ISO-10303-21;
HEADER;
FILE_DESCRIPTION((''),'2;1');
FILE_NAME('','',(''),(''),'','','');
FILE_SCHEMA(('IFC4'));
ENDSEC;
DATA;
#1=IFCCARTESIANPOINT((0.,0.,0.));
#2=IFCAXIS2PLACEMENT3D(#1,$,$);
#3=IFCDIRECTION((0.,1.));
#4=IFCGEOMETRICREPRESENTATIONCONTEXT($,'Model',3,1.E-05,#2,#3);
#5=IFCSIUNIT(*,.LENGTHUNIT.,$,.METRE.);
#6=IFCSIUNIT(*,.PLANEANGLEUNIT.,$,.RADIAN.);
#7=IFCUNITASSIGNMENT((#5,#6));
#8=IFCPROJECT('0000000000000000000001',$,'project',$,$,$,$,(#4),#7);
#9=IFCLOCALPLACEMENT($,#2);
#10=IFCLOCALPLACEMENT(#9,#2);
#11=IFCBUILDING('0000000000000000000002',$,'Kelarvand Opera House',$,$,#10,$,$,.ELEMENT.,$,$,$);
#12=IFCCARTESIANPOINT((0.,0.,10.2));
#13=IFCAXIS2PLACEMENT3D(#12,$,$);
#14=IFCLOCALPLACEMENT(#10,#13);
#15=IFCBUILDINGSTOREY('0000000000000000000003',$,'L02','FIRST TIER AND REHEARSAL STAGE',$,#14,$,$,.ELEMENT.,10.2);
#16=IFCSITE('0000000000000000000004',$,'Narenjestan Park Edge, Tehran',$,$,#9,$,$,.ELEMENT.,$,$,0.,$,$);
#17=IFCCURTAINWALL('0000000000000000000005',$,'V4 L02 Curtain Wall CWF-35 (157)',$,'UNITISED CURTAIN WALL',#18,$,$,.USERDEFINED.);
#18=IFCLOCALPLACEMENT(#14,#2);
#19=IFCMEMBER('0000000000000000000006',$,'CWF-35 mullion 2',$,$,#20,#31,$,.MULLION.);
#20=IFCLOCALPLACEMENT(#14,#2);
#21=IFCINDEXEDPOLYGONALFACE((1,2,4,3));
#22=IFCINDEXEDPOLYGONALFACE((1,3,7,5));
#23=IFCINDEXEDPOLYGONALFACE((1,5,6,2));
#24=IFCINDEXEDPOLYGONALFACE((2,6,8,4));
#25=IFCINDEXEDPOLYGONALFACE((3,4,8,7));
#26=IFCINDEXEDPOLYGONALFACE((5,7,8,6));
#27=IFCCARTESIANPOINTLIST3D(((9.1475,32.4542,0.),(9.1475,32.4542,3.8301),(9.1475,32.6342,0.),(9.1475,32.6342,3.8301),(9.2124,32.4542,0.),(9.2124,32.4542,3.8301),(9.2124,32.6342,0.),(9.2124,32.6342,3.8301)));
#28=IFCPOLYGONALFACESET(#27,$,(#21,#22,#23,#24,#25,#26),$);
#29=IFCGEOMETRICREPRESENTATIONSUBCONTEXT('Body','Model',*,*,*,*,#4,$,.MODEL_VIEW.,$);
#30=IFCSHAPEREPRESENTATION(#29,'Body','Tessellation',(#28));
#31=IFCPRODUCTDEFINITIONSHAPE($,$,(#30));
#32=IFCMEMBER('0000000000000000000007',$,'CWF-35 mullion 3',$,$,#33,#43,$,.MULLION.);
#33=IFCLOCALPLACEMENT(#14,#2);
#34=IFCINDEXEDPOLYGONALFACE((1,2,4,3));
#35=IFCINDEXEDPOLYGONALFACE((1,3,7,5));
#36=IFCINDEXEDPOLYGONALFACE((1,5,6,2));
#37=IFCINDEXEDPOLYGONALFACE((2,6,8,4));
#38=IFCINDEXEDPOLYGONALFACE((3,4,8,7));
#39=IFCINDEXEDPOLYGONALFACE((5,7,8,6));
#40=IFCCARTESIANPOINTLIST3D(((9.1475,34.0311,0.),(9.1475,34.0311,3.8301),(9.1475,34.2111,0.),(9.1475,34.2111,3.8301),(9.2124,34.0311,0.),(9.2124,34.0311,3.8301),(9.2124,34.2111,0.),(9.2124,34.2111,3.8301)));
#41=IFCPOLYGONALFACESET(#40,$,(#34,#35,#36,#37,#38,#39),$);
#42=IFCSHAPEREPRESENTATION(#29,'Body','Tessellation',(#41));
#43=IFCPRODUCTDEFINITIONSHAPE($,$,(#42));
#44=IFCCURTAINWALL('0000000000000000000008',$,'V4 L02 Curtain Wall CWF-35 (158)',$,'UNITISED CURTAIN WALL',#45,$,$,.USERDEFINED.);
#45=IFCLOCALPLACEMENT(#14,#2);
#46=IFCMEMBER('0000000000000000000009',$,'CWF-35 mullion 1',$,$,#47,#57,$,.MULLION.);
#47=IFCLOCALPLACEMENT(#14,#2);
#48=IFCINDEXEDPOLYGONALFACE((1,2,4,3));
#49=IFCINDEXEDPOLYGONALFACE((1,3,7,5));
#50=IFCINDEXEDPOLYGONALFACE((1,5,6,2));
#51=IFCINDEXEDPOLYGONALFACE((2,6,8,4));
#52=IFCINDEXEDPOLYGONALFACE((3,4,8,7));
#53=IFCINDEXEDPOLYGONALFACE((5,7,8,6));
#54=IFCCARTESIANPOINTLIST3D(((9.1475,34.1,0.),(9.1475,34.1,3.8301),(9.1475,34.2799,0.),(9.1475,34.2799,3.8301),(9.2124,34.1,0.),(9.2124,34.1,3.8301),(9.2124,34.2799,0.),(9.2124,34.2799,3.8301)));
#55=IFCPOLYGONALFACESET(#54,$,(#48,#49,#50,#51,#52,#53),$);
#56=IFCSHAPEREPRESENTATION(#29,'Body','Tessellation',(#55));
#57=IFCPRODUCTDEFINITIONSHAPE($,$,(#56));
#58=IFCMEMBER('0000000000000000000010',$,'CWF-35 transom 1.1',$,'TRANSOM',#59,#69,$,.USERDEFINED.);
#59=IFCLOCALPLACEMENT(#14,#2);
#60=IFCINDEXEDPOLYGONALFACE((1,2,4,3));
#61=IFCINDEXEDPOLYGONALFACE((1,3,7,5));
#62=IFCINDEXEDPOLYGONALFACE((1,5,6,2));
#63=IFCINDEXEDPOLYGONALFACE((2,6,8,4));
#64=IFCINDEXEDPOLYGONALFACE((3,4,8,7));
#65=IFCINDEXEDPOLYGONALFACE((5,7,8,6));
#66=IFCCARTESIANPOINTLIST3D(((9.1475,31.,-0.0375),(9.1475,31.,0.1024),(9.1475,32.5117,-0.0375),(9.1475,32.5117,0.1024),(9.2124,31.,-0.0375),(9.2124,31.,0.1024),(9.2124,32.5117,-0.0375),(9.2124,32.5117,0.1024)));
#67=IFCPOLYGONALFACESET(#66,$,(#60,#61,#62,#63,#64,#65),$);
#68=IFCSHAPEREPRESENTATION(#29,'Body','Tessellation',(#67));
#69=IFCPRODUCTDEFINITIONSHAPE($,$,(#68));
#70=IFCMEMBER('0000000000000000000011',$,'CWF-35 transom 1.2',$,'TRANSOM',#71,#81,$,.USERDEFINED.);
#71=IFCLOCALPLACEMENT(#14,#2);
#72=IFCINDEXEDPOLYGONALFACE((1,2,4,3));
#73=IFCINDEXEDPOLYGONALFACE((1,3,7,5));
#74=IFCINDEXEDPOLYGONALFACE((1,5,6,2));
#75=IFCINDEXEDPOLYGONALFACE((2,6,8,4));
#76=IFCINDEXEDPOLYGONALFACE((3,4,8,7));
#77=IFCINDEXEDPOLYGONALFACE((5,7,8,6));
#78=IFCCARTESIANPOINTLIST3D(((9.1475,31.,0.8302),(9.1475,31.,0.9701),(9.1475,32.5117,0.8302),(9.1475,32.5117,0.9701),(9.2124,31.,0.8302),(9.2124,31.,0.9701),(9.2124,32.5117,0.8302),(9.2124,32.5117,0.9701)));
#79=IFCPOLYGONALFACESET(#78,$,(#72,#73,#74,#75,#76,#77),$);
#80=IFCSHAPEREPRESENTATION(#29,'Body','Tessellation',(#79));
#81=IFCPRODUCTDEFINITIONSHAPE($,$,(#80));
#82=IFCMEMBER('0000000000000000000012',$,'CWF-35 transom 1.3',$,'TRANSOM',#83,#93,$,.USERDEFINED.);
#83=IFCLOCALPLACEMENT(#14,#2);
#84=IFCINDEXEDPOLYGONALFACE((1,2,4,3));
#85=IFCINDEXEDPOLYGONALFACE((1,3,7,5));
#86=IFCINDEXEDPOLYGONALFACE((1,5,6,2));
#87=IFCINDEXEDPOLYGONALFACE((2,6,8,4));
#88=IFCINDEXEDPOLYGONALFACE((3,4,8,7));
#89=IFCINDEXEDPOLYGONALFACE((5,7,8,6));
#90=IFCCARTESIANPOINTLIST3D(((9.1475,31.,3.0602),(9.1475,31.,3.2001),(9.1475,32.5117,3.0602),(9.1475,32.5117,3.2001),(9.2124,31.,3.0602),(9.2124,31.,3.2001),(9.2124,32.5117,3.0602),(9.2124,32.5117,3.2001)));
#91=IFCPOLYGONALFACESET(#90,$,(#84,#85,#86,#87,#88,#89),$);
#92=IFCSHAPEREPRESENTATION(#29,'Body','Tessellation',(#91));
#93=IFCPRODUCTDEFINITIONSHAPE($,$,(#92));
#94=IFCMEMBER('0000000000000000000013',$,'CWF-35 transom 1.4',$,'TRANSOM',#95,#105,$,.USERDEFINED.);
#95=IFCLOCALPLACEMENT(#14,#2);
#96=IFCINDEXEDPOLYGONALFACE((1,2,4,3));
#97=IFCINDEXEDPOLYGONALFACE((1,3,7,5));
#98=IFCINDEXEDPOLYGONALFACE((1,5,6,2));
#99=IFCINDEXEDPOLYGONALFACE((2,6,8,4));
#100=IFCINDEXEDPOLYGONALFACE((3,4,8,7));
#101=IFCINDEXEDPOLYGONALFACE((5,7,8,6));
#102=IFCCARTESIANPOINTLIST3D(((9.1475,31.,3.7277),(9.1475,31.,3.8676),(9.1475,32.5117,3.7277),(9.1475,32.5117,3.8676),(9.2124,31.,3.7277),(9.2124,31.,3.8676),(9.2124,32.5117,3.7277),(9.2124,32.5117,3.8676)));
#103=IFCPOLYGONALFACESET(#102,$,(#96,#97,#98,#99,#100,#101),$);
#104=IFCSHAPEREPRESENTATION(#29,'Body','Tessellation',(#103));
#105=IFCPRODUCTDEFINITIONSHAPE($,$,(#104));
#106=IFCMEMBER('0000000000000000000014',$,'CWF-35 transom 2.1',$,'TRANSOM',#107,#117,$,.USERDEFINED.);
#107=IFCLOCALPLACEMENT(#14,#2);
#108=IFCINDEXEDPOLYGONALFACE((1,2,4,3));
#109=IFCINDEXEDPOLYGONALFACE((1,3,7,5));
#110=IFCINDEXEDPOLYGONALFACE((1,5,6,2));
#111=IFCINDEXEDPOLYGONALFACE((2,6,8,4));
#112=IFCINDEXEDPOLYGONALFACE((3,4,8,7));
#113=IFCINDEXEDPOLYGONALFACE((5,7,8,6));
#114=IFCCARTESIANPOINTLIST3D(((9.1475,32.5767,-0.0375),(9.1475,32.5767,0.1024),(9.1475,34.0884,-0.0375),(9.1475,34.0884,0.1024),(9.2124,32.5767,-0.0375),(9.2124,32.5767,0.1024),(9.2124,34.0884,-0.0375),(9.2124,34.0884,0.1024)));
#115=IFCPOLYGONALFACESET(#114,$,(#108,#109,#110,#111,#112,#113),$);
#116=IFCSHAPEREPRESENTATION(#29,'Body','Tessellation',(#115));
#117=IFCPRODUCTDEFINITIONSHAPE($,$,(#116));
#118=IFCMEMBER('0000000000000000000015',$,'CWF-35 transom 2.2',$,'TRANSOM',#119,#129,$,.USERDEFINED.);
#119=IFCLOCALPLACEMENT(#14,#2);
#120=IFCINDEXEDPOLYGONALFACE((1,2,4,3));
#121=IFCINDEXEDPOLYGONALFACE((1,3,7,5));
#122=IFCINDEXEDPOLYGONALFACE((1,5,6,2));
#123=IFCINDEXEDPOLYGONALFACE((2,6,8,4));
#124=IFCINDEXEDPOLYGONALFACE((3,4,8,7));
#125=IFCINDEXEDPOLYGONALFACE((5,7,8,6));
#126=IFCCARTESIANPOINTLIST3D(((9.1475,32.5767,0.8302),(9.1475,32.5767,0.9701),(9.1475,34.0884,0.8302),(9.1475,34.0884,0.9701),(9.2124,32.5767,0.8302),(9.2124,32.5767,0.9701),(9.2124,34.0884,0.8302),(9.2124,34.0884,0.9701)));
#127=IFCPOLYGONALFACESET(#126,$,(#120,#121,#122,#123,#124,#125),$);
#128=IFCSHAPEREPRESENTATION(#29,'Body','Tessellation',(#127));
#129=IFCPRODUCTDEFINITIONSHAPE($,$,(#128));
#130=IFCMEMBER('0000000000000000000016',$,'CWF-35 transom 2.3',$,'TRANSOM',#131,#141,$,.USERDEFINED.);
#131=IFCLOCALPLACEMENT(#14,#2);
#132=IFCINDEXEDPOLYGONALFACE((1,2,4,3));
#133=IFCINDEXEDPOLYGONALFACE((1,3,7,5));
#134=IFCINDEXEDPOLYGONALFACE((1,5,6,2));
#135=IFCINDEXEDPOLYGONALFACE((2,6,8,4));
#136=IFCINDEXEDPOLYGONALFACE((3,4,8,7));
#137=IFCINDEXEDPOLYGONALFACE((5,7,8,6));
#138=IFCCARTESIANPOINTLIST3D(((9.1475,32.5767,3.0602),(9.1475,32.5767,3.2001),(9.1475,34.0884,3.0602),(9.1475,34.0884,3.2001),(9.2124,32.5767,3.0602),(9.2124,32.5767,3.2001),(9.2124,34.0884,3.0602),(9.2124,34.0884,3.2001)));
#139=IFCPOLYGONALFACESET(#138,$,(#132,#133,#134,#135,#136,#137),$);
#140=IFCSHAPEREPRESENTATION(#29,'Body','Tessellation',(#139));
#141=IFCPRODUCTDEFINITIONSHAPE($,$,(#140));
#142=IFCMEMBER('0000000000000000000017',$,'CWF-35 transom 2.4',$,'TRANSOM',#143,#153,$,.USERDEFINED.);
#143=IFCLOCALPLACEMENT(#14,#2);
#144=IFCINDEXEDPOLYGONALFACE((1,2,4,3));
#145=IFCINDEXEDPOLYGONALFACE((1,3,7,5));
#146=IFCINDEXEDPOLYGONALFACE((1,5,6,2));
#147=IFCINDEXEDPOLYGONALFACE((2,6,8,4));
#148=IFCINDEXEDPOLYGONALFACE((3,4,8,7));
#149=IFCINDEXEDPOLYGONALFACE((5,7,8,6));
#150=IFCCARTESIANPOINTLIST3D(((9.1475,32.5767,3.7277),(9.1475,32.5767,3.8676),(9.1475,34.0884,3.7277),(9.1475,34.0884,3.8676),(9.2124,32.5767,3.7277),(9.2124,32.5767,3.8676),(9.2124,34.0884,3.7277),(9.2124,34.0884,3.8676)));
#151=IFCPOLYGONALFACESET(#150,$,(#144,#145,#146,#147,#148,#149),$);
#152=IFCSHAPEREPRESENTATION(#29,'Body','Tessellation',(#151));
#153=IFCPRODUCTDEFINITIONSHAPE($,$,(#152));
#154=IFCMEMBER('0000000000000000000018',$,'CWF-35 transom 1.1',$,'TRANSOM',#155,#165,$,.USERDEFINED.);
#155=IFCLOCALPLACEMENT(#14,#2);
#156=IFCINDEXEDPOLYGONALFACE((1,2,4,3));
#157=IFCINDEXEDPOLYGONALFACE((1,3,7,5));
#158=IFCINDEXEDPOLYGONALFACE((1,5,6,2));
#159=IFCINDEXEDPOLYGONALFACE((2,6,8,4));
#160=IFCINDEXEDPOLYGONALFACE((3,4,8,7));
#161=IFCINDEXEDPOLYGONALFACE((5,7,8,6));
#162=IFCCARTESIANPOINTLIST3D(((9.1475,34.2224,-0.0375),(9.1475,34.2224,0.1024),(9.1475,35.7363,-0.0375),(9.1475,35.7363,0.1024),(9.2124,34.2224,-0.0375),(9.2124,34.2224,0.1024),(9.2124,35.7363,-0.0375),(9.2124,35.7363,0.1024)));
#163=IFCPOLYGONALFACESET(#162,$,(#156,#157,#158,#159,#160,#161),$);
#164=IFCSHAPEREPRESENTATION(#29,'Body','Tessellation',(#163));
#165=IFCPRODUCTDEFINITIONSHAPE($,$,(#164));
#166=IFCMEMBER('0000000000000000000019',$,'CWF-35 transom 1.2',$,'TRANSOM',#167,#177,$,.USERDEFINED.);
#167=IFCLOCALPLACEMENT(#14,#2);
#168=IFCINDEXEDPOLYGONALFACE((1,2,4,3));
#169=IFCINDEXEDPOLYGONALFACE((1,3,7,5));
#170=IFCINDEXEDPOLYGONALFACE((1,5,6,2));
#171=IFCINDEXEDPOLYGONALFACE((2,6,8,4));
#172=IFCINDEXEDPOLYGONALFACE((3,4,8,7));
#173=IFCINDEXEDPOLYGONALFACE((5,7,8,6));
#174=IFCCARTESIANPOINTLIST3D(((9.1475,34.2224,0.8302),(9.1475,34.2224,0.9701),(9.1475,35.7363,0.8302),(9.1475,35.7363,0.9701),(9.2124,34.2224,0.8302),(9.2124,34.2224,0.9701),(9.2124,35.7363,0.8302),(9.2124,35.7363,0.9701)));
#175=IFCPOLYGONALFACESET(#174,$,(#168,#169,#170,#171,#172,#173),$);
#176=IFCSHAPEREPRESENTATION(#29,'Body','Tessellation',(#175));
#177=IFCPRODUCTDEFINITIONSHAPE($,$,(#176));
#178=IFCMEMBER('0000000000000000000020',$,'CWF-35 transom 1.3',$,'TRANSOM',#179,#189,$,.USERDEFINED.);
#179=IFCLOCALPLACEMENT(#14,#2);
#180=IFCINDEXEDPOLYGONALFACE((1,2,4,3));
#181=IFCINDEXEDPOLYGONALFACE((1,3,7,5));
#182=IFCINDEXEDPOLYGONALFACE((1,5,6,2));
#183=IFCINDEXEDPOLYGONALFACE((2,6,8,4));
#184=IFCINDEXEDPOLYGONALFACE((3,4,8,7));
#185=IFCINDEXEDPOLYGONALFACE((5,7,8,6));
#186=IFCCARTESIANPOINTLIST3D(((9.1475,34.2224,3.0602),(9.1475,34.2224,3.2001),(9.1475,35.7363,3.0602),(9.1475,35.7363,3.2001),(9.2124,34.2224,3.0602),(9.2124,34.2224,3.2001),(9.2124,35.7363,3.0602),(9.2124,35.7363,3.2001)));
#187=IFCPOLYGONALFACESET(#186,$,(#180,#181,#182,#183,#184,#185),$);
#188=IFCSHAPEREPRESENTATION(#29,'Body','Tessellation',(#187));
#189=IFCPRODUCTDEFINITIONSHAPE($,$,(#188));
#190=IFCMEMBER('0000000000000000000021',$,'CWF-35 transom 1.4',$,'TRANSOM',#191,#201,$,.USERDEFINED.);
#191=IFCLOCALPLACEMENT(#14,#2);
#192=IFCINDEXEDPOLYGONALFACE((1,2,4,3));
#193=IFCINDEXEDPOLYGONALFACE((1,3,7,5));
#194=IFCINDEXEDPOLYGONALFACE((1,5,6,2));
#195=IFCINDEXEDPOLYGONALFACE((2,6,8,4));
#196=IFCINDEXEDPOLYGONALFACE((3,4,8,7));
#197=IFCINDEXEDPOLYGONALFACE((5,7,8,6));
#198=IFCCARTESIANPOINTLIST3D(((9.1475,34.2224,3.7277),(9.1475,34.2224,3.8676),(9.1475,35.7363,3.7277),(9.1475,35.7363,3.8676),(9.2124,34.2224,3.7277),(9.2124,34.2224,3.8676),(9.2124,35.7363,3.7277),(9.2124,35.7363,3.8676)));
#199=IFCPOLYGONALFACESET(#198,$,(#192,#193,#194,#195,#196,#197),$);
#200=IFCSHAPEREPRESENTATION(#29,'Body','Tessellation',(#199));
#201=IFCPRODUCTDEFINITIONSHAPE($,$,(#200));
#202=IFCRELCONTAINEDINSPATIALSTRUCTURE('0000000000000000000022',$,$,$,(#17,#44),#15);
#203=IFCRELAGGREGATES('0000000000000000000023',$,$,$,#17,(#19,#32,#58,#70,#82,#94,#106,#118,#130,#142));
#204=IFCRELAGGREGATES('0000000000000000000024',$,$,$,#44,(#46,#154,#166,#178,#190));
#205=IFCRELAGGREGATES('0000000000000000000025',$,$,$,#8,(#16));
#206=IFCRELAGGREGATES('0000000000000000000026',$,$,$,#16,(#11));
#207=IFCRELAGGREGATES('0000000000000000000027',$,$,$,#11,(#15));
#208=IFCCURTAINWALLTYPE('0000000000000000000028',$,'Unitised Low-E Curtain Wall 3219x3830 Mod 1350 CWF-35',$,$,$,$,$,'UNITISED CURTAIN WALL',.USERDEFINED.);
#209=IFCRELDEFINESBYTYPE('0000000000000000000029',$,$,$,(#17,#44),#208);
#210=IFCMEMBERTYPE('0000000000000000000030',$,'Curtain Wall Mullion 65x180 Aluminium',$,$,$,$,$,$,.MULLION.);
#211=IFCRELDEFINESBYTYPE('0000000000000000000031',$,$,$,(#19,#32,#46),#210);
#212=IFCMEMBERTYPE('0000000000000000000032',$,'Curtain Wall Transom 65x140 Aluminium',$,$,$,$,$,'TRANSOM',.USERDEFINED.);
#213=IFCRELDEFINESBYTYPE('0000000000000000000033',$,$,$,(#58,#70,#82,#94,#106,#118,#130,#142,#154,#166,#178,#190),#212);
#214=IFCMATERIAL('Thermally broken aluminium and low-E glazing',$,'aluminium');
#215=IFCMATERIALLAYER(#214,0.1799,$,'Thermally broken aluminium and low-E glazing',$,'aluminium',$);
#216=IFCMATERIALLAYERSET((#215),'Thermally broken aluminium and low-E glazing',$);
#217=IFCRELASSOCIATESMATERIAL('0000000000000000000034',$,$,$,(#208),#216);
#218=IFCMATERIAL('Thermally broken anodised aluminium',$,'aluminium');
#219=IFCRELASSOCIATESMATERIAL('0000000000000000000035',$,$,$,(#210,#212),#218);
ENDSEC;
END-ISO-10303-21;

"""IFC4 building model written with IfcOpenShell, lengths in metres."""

from ifc_helpers import new_model, si_unit, direction, frame, origin, origin_2d, place, context, subcontext, project, spatial, rectangle, extrude, material, layer, layer_set, material_profile, profile_set, type_object, element, aggregate, save


model = new_model("IFC4")

# Units and contexts
model_context = context("Model", 3, precision=1e-05, world=origin(), true_north=direction((0.0, 1.0)))
body_context = subcontext(model_context, "Body", "Model", "MODEL_VIEW")
ifc_project = project(units=[si_unit("LENGTHUNIT", "METRE"), si_unit("PLANEANGLEUNIT", "RADIAN")], contexts=[model_context])

# Site, building, storey
site_placement = place(None, origin())
site = spatial("IfcSite", under=ifc_project, at=site_placement, Name="Narenjestan Park Edge, Tehran", CompositionType="ELEMENT", RefElevation=0.0)
building_placement = place(site_placement, origin())
building = spatial("IfcBuilding", under=site, at=building_placement, Name="Kelarvand Opera House", CompositionType="ELEMENT")
storey_placement = place(building_placement, frame((0.0, 0.0, 10.2)))
storey = spatial("IfcBuildingStorey", under=building, at=storey_placement, Name="L02", Description="FIRST TIER AND REHEARSAL STAGE", CompositionType="ELEMENT", Elevation=10.2)

# Curtain wall, members
ifc_material_1 = material(Name="Thermally broken aluminium and low-E glazing", Category="aluminium")
ifc_layer_1 = layer(ifc_material_1, 0.1799, Name="Thermally broken aluminium and low-E glazing", Category="aluminium")
ifc_layer_set_1 = layer_set([ifc_layer_1], Name="Thermally broken aluminium and low-E glazing")
curtain_wall_type = type_object("IfcCurtainWallType", Name="Unitised Low-E Curtain Wall 3219x3830 Mod 1350 CWF-35", ElementType="UNITISED CURTAIN WALL", PredefinedType="USERDEFINED", material=ifc_layer_set_1)
curtain_wall_1_placement = place(storey_placement, origin())
curtain_wall_1 = element("IfcCurtainWall", 1, at=curtain_wall_1_placement, inside=storey, type_object=curtain_wall_type, Name="V4 L02 Curtain Wall CWF-35 (157)", ObjectType="UNITISED CURTAIN WALL", PredefinedType="USERDEFINED")
ifc_material_2 = material(Name="Thermally broken anodised aluminium", Category="aluminium")
ifc_material_profile_1 = material_profile(ifc_material_2, rectangle(XDim=0.0649, YDim=0.1799, at=origin_2d()), Name="ALU MULLION 65x180", Category="aluminium")
ifc_profile_set_1 = profile_set([ifc_material_profile_1], Name="Thermally broken anodised aluminium")
member_type_1 = type_object("IfcMemberType", Name="Curtain Wall Mullion 65x180 Aluminium", PredefinedType="MULLION", material=ifc_profile_set_1)
member_1_placement = place(storey_placement, frame((9.1799, 32.5442, 0.0), z_axis=(0.0, 0.0, 1.0), x_axis=(-1.0, 0.0, 0.0)))
member_1 = element("IfcMember", 2, at=member_1_placement, type_object=member_type_1, Name="CWF-35 mullion 2", PredefinedType="MULLION", context=body_context, shape_type="SweptSolid", body=[
    extrude(rectangle(XDim=0.0649, YDim=0.1799, at=origin_2d()), origin(), (0.0, 0.0, 1.0), 3.8301),
])
member_2_placement = place(storey_placement, frame((9.1799, 34.1211, 0.0), z_axis=(0.0, 0.0, 1.0), x_axis=(-1.0, 0.0, 0.0)))
member_2 = element("IfcMember", 3, at=member_2_placement, type_object=member_type_1, Name="CWF-35 mullion 3", PredefinedType="MULLION", context=body_context, shape_type="SweptSolid", body=[
    extrude(rectangle(XDim=0.0649, YDim=0.1799, at=origin_2d()), origin(), (0.0, 0.0, 1.0), 3.8301),
])

# Curtain wall, member
curtain_wall_2_placement = place(storey_placement, origin())
curtain_wall_2 = element("IfcCurtainWall", 4, at=curtain_wall_2_placement, inside=storey, type_object=curtain_wall_type, Name="V4 L02 Curtain Wall CWF-35 (158)", ObjectType="UNITISED CURTAIN WALL", PredefinedType="USERDEFINED")
member_3_placement = place(storey_placement, frame((9.1799, 34.1899, 0.0), z_axis=(0.0, 0.0, 1.0), x_axis=(-1.0, 0.0, 0.0)))
member_3 = element("IfcMember", 5, at=member_3_placement, type_object=member_type_1, Name="CWF-35 mullion 1", PredefinedType="MULLION", context=body_context, shape_type="SweptSolid", body=[
    extrude(rectangle(XDim=0.0649, YDim=0.1799, at=origin_2d()), origin(), (0.0, 0.0, 1.0), 3.8301),
])

# Members
ifc_material_profile_2 = material_profile(ifc_material_2, rectangle(XDim=0.0649, YDim=0.1399, at=origin_2d()), Name="ALU TRANSOM 65x140", Category="aluminium")
ifc_profile_set_2 = profile_set([ifc_material_profile_2], Name="Thermally broken anodised aluminium")
member_type_2 = type_object("IfcMemberType", Name="Curtain Wall Transom 65x140 Aluminium", ElementType="TRANSOM", PredefinedType="USERDEFINED", material=ifc_profile_set_2)
member_4_placement = place(storey_placement, frame((9.1799, 31.0, 0.0325), z_axis=(0.0, 1.0, 0.0), x_axis=(-1.0, 0.0, 0.0)))
member_4 = element("IfcMember", 6, at=member_4_placement, type_object=member_type_2, Name="CWF-35 transom 1.1", ObjectType="TRANSOM", PredefinedType="USERDEFINED", context=body_context, shape_type="SweptSolid", body=[
    extrude(rectangle(XDim=0.0649, YDim=0.1399, at=origin_2d()), origin(), (0.0, 0.0, 1.0), 1.5117),
])
member_5_placement = place(storey_placement, frame((9.1799, 31.0, 0.9001), z_axis=(0.0, 1.0, 0.0), x_axis=(-1.0, 0.0, 0.0)))
member_5 = element("IfcMember", 7, at=member_5_placement, type_object=member_type_2, Name="CWF-35 transom 1.2", ObjectType="TRANSOM", PredefinedType="USERDEFINED", context=body_context, shape_type="SweptSolid", body=[
    extrude(rectangle(XDim=0.0649, YDim=0.1399, at=origin_2d()), origin(), (0.0, 0.0, 1.0), 1.5117),
])
member_6_placement = place(storey_placement, frame((9.1799, 31.0, 3.1301), z_axis=(0.0, 1.0, 0.0), x_axis=(-1.0, 0.0, 0.0)))
member_6 = element("IfcMember", 8, at=member_6_placement, type_object=member_type_2, Name="CWF-35 transom 1.3", ObjectType="TRANSOM", PredefinedType="USERDEFINED", context=body_context, shape_type="SweptSolid", body=[
    extrude(rectangle(XDim=0.0649, YDim=0.1399, at=origin_2d()), origin(), (0.0, 0.0, 1.0), 1.5117),
])
member_7_placement = place(storey_placement, frame((9.1799, 31.0, 3.7976), z_axis=(0.0, 1.0, 0.0), x_axis=(-1.0, 0.0, 0.0)))
member_7 = element("IfcMember", 9, at=member_7_placement, type_object=member_type_2, Name="CWF-35 transom 1.4", ObjectType="TRANSOM", PredefinedType="USERDEFINED", context=body_context, shape_type="SweptSolid", body=[
    extrude(rectangle(XDim=0.0649, YDim=0.1399, at=origin_2d()), origin(), (0.0, 0.0, 1.0), 1.5117),
])
member_8_placement = place(storey_placement, frame((9.1799, 32.5767, 0.0325), z_axis=(0.0, 1.0, 0.0), x_axis=(-1.0, 0.0, 0.0)))
member_8 = element("IfcMember", 10, at=member_8_placement, type_object=member_type_2, Name="CWF-35 transom 2.1", ObjectType="TRANSOM", PredefinedType="USERDEFINED", context=body_context, shape_type="SweptSolid", body=[
    extrude(rectangle(XDim=0.0649, YDim=0.1399, at=origin_2d()), origin(), (0.0, 0.0, 1.0), 1.5117),
])
member_9_placement = place(storey_placement, frame((9.1799, 32.5767, 0.9001), z_axis=(0.0, 1.0, 0.0), x_axis=(-1.0, 0.0, 0.0)))
member_9 = element("IfcMember", 11, at=member_9_placement, type_object=member_type_2, Name="CWF-35 transom 2.2", ObjectType="TRANSOM", PredefinedType="USERDEFINED", context=body_context, shape_type="SweptSolid", body=[
    extrude(rectangle(XDim=0.0649, YDim=0.1399, at=origin_2d()), origin(), (0.0, 0.0, 1.0), 1.5117),
])
member_10_placement = place(storey_placement, frame((9.1799, 32.5767, 3.1301), z_axis=(0.0, 1.0, 0.0), x_axis=(-1.0, 0.0, 0.0)))
member_10 = element("IfcMember", 12, at=member_10_placement, type_object=member_type_2, Name="CWF-35 transom 2.3", ObjectType="TRANSOM", PredefinedType="USERDEFINED", context=body_context, shape_type="SweptSolid", body=[
    extrude(rectangle(XDim=0.0649, YDim=0.1399, at=origin_2d()), origin(), (0.0, 0.0, 1.0), 1.5117),
])
member_11_placement = place(storey_placement, frame((9.1799, 32.5767, 3.7976), z_axis=(0.0, 1.0, 0.0), x_axis=(-1.0, 0.0, 0.0)))
member_11 = element("IfcMember", 13, at=member_11_placement, type_object=member_type_2, Name="CWF-35 transom 2.4", ObjectType="TRANSOM", PredefinedType="USERDEFINED", context=body_context, shape_type="SweptSolid", body=[
    extrude(rectangle(XDim=0.0649, YDim=0.1399, at=origin_2d()), origin(), (0.0, 0.0, 1.0), 1.5117),
])
member_12_placement = place(storey_placement, frame((9.1799, 34.2224, 0.0325), z_axis=(0.0, 1.0, 0.0), x_axis=(-1.0, 0.0, 0.0)))
member_12 = element("IfcMember", 14, at=member_12_placement, type_object=member_type_2, Name="CWF-35 transom 1.1", ObjectType="TRANSOM", PredefinedType="USERDEFINED", context=body_context, shape_type="SweptSolid", body=[
    extrude(rectangle(XDim=0.0649, YDim=0.1399, at=origin_2d()), origin(), (0.0, 0.0, 1.0), 1.5139),
])
member_13_placement = place(storey_placement, frame((9.1799, 34.2224, 0.9001), z_axis=(0.0, 1.0, 0.0), x_axis=(-1.0, 0.0, 0.0)))
member_13 = element("IfcMember", 15, at=member_13_placement, type_object=member_type_2, Name="CWF-35 transom 1.2", ObjectType="TRANSOM", PredefinedType="USERDEFINED", context=body_context, shape_type="SweptSolid", body=[
    extrude(rectangle(XDim=0.0649, YDim=0.1399, at=origin_2d()), origin(), (0.0, 0.0, 1.0), 1.5139),
])
member_14_placement = place(storey_placement, frame((9.1799, 34.2224, 3.1301), z_axis=(0.0, 1.0, 0.0), x_axis=(-1.0, 0.0, 0.0)))
member_14 = element("IfcMember", 16, at=member_14_placement, type_object=member_type_2, Name="CWF-35 transom 1.3", ObjectType="TRANSOM", PredefinedType="USERDEFINED", context=body_context, shape_type="SweptSolid", body=[
    extrude(rectangle(XDim=0.0649, YDim=0.1399, at=origin_2d()), origin(), (0.0, 0.0, 1.0), 1.5139),
])
member_15_placement = place(storey_placement, frame((9.1799, 34.2224, 3.7976), z_axis=(0.0, 1.0, 0.0), x_axis=(-1.0, 0.0, 0.0)))
member_15 = element("IfcMember", 17, at=member_15_placement, type_object=member_type_2, Name="CWF-35 transom 1.4", ObjectType="TRANSOM", PredefinedType="USERDEFINED", context=body_context, shape_type="SweptSolid", body=[
    extrude(rectangle(XDim=0.0649, YDim=0.1399, at=origin_2d()), origin(), (0.0, 0.0, 1.0), 1.5139),
])

aggregate(curtain_wall_1, [member_1, member_2, member_4, member_5, member_6, member_7, member_8, member_9, member_10, member_11])
aggregate(curtain_wall_2, [member_3, member_12, member_13, member_14, member_15])

save(model, "model.ifc")
